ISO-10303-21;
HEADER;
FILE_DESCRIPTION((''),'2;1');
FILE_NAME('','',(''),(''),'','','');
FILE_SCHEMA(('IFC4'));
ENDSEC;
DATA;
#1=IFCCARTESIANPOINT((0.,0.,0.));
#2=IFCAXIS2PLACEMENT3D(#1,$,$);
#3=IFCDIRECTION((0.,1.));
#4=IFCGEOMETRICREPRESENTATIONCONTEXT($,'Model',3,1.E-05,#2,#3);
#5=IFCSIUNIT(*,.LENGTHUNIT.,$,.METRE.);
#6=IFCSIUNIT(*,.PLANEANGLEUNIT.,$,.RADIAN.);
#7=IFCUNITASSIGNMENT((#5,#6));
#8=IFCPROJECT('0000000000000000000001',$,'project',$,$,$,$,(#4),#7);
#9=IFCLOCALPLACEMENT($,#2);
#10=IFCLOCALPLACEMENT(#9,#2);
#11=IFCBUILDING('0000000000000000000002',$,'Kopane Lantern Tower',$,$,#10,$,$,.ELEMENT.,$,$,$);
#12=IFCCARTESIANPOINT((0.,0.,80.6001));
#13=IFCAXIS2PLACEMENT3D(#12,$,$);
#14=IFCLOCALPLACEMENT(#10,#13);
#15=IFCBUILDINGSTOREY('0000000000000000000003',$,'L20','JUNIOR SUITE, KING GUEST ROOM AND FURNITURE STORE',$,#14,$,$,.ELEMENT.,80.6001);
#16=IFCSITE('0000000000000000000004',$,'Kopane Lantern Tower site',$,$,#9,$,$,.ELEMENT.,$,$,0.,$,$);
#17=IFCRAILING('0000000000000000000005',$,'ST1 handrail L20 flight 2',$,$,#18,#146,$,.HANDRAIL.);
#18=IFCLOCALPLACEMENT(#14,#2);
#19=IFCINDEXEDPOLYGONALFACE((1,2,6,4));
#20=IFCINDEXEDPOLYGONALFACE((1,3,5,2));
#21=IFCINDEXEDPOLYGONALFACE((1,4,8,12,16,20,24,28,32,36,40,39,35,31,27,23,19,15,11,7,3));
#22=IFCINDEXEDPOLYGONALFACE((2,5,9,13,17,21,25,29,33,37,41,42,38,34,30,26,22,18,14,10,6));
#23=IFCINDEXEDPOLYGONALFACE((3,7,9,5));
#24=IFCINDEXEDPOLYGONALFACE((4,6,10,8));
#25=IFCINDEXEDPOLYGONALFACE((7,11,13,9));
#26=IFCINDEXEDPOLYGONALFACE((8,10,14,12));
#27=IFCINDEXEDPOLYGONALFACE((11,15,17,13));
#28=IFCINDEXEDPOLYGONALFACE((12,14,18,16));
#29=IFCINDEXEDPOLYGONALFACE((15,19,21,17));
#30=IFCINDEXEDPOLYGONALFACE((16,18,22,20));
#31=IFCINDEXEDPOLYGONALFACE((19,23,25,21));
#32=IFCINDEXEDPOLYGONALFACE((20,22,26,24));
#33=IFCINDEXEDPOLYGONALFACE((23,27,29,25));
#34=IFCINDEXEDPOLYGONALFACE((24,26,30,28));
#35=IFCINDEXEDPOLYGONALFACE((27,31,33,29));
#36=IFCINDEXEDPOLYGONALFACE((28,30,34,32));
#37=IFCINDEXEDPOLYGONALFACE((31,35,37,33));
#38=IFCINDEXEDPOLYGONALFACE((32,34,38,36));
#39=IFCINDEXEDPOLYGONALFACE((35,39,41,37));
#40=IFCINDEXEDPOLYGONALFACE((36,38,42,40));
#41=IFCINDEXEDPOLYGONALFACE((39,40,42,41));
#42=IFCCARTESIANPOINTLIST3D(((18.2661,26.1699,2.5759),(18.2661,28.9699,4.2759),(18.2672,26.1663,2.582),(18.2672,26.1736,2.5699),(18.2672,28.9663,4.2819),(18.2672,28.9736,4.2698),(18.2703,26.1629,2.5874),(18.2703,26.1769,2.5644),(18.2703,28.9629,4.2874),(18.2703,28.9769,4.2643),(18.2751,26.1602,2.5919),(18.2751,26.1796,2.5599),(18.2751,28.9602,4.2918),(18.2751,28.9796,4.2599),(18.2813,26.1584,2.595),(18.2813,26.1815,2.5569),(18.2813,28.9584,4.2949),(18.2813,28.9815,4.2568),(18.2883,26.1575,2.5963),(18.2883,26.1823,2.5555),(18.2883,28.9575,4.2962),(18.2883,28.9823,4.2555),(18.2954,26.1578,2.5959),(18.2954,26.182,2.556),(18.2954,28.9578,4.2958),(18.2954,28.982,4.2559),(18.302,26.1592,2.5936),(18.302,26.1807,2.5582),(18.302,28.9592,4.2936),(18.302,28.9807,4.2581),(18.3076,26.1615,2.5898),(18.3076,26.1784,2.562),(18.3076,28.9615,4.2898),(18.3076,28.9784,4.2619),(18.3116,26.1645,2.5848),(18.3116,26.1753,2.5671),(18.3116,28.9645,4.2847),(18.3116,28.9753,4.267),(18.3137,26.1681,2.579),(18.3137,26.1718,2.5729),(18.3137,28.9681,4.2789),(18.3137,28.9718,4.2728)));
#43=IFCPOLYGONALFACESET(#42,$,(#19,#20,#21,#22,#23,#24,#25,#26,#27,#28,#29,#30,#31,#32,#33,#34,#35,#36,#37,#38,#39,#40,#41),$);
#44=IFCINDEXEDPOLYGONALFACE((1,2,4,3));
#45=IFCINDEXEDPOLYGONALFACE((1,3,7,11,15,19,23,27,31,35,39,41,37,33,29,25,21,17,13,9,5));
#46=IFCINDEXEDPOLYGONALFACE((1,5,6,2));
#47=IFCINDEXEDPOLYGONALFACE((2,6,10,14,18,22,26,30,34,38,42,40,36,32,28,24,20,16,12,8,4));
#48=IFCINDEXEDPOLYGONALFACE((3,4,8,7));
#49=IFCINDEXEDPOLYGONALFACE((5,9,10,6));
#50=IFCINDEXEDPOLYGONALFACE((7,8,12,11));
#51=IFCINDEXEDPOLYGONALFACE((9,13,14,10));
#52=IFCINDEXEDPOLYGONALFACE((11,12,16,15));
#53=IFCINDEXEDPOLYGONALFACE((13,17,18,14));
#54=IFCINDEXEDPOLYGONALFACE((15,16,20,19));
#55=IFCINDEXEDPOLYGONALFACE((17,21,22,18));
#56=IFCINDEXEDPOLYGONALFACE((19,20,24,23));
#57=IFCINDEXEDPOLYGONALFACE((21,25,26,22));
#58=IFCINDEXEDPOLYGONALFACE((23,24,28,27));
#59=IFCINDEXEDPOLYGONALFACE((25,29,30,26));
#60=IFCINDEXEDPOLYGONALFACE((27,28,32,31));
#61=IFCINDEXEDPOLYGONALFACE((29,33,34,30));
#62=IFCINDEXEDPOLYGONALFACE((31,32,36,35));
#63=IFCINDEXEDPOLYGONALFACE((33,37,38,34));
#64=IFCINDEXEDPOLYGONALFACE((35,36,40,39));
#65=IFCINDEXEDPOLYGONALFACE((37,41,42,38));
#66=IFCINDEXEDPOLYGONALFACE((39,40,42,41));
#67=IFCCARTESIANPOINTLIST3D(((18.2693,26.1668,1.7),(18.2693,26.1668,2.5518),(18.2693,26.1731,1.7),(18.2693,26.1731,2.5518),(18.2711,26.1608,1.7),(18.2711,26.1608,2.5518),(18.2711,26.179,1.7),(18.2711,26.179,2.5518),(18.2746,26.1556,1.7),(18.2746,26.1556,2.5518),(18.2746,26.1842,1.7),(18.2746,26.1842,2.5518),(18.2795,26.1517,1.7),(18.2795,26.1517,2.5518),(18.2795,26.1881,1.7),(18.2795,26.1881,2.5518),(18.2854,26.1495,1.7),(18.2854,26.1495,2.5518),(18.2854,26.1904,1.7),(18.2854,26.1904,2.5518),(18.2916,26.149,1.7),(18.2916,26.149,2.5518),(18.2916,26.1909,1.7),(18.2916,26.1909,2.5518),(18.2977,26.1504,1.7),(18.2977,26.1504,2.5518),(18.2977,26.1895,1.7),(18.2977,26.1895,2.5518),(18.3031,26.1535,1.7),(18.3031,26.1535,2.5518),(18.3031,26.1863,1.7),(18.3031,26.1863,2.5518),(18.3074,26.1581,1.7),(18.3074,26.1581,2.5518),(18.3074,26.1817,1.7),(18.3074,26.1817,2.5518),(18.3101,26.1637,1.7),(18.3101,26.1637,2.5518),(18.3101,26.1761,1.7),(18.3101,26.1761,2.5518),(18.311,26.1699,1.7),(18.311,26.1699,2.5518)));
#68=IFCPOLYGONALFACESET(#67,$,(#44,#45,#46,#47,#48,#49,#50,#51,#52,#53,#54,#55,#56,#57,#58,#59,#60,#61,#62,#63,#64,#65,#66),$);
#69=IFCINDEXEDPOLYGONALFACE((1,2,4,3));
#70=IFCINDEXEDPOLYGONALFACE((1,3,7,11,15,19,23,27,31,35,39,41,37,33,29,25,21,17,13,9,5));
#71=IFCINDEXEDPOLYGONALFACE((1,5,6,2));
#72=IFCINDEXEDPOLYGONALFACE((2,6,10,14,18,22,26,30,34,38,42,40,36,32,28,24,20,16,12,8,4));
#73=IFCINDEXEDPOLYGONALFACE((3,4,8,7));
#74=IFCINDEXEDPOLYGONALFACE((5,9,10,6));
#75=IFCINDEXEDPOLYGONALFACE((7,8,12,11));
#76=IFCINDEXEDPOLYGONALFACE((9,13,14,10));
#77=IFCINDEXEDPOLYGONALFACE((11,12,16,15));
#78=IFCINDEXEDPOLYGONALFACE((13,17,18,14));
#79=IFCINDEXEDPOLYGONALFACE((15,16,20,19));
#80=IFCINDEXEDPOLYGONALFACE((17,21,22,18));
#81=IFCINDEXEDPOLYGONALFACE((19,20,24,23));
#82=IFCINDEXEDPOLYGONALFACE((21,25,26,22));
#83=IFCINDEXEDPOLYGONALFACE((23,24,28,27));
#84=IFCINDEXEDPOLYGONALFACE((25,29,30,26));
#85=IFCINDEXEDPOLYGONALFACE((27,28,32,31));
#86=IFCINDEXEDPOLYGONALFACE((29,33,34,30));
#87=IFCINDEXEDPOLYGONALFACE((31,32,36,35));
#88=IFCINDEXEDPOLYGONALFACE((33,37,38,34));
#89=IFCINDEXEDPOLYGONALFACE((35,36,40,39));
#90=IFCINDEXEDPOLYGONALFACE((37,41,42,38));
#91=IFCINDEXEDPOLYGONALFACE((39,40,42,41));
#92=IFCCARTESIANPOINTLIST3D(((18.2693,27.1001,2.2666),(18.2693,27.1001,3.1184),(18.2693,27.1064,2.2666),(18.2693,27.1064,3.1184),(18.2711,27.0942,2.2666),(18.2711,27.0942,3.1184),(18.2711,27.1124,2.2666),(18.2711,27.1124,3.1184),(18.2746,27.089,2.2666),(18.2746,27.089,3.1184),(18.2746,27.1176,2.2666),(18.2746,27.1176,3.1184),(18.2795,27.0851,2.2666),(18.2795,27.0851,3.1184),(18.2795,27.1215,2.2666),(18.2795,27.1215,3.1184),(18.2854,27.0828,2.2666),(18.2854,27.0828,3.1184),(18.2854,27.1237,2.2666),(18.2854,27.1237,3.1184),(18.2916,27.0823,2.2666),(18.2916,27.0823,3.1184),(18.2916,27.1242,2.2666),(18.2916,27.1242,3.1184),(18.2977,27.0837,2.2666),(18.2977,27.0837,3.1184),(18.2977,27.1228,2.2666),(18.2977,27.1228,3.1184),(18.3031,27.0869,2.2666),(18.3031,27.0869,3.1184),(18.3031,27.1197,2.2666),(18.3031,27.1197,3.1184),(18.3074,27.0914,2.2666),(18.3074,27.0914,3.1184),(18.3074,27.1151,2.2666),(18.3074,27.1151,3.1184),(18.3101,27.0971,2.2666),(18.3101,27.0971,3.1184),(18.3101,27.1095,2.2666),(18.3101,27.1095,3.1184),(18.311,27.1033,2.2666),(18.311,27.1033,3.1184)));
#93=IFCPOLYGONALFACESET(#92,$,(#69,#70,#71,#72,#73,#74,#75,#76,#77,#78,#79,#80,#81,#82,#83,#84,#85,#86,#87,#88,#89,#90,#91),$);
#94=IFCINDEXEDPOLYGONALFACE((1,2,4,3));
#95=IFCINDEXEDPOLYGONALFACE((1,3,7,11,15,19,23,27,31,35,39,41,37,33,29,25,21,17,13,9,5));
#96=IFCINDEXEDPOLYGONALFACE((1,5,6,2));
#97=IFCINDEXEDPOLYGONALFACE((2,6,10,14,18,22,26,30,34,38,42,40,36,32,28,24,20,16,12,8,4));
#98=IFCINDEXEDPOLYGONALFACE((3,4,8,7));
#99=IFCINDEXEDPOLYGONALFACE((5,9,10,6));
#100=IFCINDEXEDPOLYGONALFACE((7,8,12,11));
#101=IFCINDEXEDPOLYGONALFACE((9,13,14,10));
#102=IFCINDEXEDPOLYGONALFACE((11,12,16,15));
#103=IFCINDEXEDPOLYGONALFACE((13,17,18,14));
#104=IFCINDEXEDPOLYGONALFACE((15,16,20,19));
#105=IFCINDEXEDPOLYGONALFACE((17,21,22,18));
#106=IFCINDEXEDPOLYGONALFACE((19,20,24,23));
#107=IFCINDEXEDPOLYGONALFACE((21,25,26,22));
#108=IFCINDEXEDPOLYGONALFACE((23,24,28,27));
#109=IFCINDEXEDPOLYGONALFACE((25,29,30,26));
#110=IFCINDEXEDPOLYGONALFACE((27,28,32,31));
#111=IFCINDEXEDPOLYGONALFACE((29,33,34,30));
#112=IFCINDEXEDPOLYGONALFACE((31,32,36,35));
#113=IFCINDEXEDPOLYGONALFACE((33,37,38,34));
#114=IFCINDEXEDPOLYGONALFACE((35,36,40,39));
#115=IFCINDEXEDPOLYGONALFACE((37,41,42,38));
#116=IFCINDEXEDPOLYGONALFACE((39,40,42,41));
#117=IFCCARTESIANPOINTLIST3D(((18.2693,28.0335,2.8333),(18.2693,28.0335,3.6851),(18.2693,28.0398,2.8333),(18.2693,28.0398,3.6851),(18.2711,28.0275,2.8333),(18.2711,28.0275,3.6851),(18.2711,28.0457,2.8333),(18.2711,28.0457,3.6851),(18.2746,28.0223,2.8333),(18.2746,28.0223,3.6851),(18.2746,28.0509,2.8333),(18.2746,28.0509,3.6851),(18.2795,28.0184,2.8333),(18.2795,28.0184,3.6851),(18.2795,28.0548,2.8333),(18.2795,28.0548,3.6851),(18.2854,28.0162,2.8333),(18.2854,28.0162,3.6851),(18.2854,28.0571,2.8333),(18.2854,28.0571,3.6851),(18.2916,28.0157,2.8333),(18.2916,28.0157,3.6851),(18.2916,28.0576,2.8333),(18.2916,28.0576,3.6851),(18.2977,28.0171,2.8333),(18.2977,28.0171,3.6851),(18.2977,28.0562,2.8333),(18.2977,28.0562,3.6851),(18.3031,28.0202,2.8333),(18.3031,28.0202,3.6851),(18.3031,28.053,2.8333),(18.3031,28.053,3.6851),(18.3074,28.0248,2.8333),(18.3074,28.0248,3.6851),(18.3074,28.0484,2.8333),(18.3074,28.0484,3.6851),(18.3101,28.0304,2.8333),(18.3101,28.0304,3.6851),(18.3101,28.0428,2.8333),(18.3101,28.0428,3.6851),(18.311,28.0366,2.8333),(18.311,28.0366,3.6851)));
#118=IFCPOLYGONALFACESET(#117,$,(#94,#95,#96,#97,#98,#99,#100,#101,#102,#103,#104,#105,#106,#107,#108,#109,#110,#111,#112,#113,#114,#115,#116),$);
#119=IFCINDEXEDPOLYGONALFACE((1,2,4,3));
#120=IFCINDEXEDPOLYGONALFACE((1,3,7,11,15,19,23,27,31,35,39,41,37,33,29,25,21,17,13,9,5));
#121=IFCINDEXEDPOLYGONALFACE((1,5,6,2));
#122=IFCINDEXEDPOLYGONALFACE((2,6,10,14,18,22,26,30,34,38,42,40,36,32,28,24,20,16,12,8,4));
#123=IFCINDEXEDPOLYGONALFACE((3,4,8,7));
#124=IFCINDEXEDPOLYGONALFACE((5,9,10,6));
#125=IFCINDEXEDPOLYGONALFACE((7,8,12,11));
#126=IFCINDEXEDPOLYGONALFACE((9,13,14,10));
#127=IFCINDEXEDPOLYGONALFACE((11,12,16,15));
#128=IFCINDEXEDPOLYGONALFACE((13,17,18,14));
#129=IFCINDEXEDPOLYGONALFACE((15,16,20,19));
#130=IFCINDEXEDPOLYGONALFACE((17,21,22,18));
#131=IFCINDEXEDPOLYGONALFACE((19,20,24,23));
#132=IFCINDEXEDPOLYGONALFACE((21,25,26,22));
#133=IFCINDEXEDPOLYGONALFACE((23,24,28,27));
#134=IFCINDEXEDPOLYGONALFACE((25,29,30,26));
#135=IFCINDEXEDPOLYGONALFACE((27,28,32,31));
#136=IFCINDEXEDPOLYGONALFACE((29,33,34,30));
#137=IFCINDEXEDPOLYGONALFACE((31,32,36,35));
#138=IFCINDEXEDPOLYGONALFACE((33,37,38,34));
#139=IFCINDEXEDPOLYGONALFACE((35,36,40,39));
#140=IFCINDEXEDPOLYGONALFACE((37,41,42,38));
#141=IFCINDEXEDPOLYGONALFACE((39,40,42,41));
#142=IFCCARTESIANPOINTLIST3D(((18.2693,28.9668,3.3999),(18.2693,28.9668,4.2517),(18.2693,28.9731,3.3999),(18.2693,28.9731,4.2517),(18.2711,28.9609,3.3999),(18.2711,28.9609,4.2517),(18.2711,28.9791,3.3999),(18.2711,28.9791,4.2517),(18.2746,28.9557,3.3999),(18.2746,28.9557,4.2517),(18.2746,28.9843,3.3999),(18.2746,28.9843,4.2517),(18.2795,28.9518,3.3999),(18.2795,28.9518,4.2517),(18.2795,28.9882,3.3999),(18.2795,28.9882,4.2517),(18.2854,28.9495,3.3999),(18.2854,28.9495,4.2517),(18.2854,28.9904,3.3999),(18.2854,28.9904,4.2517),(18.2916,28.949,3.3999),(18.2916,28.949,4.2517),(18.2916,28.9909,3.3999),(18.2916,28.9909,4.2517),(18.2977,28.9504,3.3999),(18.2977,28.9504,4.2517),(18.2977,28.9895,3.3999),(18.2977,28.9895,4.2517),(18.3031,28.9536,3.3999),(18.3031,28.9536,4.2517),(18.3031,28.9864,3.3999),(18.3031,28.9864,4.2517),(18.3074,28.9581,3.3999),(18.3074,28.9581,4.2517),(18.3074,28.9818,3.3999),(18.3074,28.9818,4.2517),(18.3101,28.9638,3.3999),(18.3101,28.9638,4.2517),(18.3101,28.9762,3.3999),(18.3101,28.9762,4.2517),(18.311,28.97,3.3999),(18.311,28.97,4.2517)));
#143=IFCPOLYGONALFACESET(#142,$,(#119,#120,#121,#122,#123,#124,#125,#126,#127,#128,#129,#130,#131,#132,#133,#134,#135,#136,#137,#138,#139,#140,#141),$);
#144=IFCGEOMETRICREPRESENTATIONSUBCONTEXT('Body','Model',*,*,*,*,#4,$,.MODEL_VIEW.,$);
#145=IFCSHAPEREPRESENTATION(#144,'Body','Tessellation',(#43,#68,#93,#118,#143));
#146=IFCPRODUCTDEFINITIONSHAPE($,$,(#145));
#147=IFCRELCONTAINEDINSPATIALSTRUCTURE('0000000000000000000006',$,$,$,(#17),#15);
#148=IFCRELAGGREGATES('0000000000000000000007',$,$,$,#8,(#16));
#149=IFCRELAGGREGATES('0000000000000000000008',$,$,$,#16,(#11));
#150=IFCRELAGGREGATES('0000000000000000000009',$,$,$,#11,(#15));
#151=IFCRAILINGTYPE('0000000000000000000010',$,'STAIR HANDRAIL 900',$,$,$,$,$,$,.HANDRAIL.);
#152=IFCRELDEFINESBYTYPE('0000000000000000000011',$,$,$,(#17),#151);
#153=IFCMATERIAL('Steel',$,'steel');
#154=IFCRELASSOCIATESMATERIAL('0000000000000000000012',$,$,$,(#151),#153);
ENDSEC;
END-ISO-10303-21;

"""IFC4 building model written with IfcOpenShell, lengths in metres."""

from ifc_helpers import new_model, si_unit, direction, frame, origin, origin_2d, place, context, subcontext, project, spatial, circle, extrude, material, type_object, element, save


model = new_model("IFC4")

# Units and contexts
model_context = context("Model", 3, precision=1e-05, world=origin(), true_north=direction((0.0, 1.0)))
body_context = subcontext(model_context, "Body", "Model", "MODEL_VIEW")
ifc_project = project(units=[si_unit("LENGTHUNIT", "METRE"), si_unit("PLANEANGLEUNIT", "RADIAN")], contexts=[model_context])

# Site, building, storey
site_placement = place(None, origin())
site = spatial("IfcSite", under=ifc_project, at=site_placement, Name="Kopane Lantern Tower site", CompositionType="ELEMENT", RefElevation=0.0)
building_placement = place(site_placement, origin())
building = spatial("IfcBuilding", under=site, at=building_placement, Name="Kopane Lantern Tower", CompositionType="ELEMENT")
storey_placement = place(building_placement, frame((0.0, 0.0, 80.6001)))
storey = spatial("IfcBuildingStorey", under=building, at=storey_placement, Name="L20", Description="JUNIOR SUITE, KING GUEST ROOM AND FURNITURE STORE", CompositionType="ELEMENT", Elevation=80.6001)

# Railing
ifc_material_1 = material(Name="Steel", Category="steel")
railing_type_1 = type_object("IfcRailingType", Name="STAIR HANDRAIL 900", PredefinedType="HANDRAIL", material=ifc_material_1)
for number, where, name in (
    (1, (18.29, 26.1699, 1.7), "ST1 handrail L20 flight 2"),
):
    element("IfcRailing", number, at=place(storey_placement, frame(where)), inside=storey, type_object=railing_type_1, Name=name, PredefinedType="HANDRAIL", context=body_context, shape_type="SweptSolid", body=[
        extrude(circle(Radius=0.0239, at=origin_2d()), frame((0.0, 0.0, 0.876), z_axis=(0.0, 0.854798, 0.518961), x_axis=(-1.0, 0.0, 0.0)), (0.0, 0.0, 1.0), 3.2756),
        extrude(circle(Radius=0.021, at=origin_2d()), origin(), (0.0, 0.0, 1.0), 0.8518),
        extrude(circle(Radius=0.021, at=origin_2d()), frame((0.0, 0.9333, 0.5667)), (0.0, 0.0, 1.0), 0.8518),
        extrude(circle(Radius=0.021, at=origin_2d()), frame((0.0, 1.8667, 1.1333)), (0.0, 0.0, 1.0), 0.8518),
        extrude(circle(Radius=0.021, at=origin_2d()), frame((0.0, 2.8, 1.7)), (0.0, 0.0, 1.0), 0.8518),
    ])

save(model, "model.ifc")
